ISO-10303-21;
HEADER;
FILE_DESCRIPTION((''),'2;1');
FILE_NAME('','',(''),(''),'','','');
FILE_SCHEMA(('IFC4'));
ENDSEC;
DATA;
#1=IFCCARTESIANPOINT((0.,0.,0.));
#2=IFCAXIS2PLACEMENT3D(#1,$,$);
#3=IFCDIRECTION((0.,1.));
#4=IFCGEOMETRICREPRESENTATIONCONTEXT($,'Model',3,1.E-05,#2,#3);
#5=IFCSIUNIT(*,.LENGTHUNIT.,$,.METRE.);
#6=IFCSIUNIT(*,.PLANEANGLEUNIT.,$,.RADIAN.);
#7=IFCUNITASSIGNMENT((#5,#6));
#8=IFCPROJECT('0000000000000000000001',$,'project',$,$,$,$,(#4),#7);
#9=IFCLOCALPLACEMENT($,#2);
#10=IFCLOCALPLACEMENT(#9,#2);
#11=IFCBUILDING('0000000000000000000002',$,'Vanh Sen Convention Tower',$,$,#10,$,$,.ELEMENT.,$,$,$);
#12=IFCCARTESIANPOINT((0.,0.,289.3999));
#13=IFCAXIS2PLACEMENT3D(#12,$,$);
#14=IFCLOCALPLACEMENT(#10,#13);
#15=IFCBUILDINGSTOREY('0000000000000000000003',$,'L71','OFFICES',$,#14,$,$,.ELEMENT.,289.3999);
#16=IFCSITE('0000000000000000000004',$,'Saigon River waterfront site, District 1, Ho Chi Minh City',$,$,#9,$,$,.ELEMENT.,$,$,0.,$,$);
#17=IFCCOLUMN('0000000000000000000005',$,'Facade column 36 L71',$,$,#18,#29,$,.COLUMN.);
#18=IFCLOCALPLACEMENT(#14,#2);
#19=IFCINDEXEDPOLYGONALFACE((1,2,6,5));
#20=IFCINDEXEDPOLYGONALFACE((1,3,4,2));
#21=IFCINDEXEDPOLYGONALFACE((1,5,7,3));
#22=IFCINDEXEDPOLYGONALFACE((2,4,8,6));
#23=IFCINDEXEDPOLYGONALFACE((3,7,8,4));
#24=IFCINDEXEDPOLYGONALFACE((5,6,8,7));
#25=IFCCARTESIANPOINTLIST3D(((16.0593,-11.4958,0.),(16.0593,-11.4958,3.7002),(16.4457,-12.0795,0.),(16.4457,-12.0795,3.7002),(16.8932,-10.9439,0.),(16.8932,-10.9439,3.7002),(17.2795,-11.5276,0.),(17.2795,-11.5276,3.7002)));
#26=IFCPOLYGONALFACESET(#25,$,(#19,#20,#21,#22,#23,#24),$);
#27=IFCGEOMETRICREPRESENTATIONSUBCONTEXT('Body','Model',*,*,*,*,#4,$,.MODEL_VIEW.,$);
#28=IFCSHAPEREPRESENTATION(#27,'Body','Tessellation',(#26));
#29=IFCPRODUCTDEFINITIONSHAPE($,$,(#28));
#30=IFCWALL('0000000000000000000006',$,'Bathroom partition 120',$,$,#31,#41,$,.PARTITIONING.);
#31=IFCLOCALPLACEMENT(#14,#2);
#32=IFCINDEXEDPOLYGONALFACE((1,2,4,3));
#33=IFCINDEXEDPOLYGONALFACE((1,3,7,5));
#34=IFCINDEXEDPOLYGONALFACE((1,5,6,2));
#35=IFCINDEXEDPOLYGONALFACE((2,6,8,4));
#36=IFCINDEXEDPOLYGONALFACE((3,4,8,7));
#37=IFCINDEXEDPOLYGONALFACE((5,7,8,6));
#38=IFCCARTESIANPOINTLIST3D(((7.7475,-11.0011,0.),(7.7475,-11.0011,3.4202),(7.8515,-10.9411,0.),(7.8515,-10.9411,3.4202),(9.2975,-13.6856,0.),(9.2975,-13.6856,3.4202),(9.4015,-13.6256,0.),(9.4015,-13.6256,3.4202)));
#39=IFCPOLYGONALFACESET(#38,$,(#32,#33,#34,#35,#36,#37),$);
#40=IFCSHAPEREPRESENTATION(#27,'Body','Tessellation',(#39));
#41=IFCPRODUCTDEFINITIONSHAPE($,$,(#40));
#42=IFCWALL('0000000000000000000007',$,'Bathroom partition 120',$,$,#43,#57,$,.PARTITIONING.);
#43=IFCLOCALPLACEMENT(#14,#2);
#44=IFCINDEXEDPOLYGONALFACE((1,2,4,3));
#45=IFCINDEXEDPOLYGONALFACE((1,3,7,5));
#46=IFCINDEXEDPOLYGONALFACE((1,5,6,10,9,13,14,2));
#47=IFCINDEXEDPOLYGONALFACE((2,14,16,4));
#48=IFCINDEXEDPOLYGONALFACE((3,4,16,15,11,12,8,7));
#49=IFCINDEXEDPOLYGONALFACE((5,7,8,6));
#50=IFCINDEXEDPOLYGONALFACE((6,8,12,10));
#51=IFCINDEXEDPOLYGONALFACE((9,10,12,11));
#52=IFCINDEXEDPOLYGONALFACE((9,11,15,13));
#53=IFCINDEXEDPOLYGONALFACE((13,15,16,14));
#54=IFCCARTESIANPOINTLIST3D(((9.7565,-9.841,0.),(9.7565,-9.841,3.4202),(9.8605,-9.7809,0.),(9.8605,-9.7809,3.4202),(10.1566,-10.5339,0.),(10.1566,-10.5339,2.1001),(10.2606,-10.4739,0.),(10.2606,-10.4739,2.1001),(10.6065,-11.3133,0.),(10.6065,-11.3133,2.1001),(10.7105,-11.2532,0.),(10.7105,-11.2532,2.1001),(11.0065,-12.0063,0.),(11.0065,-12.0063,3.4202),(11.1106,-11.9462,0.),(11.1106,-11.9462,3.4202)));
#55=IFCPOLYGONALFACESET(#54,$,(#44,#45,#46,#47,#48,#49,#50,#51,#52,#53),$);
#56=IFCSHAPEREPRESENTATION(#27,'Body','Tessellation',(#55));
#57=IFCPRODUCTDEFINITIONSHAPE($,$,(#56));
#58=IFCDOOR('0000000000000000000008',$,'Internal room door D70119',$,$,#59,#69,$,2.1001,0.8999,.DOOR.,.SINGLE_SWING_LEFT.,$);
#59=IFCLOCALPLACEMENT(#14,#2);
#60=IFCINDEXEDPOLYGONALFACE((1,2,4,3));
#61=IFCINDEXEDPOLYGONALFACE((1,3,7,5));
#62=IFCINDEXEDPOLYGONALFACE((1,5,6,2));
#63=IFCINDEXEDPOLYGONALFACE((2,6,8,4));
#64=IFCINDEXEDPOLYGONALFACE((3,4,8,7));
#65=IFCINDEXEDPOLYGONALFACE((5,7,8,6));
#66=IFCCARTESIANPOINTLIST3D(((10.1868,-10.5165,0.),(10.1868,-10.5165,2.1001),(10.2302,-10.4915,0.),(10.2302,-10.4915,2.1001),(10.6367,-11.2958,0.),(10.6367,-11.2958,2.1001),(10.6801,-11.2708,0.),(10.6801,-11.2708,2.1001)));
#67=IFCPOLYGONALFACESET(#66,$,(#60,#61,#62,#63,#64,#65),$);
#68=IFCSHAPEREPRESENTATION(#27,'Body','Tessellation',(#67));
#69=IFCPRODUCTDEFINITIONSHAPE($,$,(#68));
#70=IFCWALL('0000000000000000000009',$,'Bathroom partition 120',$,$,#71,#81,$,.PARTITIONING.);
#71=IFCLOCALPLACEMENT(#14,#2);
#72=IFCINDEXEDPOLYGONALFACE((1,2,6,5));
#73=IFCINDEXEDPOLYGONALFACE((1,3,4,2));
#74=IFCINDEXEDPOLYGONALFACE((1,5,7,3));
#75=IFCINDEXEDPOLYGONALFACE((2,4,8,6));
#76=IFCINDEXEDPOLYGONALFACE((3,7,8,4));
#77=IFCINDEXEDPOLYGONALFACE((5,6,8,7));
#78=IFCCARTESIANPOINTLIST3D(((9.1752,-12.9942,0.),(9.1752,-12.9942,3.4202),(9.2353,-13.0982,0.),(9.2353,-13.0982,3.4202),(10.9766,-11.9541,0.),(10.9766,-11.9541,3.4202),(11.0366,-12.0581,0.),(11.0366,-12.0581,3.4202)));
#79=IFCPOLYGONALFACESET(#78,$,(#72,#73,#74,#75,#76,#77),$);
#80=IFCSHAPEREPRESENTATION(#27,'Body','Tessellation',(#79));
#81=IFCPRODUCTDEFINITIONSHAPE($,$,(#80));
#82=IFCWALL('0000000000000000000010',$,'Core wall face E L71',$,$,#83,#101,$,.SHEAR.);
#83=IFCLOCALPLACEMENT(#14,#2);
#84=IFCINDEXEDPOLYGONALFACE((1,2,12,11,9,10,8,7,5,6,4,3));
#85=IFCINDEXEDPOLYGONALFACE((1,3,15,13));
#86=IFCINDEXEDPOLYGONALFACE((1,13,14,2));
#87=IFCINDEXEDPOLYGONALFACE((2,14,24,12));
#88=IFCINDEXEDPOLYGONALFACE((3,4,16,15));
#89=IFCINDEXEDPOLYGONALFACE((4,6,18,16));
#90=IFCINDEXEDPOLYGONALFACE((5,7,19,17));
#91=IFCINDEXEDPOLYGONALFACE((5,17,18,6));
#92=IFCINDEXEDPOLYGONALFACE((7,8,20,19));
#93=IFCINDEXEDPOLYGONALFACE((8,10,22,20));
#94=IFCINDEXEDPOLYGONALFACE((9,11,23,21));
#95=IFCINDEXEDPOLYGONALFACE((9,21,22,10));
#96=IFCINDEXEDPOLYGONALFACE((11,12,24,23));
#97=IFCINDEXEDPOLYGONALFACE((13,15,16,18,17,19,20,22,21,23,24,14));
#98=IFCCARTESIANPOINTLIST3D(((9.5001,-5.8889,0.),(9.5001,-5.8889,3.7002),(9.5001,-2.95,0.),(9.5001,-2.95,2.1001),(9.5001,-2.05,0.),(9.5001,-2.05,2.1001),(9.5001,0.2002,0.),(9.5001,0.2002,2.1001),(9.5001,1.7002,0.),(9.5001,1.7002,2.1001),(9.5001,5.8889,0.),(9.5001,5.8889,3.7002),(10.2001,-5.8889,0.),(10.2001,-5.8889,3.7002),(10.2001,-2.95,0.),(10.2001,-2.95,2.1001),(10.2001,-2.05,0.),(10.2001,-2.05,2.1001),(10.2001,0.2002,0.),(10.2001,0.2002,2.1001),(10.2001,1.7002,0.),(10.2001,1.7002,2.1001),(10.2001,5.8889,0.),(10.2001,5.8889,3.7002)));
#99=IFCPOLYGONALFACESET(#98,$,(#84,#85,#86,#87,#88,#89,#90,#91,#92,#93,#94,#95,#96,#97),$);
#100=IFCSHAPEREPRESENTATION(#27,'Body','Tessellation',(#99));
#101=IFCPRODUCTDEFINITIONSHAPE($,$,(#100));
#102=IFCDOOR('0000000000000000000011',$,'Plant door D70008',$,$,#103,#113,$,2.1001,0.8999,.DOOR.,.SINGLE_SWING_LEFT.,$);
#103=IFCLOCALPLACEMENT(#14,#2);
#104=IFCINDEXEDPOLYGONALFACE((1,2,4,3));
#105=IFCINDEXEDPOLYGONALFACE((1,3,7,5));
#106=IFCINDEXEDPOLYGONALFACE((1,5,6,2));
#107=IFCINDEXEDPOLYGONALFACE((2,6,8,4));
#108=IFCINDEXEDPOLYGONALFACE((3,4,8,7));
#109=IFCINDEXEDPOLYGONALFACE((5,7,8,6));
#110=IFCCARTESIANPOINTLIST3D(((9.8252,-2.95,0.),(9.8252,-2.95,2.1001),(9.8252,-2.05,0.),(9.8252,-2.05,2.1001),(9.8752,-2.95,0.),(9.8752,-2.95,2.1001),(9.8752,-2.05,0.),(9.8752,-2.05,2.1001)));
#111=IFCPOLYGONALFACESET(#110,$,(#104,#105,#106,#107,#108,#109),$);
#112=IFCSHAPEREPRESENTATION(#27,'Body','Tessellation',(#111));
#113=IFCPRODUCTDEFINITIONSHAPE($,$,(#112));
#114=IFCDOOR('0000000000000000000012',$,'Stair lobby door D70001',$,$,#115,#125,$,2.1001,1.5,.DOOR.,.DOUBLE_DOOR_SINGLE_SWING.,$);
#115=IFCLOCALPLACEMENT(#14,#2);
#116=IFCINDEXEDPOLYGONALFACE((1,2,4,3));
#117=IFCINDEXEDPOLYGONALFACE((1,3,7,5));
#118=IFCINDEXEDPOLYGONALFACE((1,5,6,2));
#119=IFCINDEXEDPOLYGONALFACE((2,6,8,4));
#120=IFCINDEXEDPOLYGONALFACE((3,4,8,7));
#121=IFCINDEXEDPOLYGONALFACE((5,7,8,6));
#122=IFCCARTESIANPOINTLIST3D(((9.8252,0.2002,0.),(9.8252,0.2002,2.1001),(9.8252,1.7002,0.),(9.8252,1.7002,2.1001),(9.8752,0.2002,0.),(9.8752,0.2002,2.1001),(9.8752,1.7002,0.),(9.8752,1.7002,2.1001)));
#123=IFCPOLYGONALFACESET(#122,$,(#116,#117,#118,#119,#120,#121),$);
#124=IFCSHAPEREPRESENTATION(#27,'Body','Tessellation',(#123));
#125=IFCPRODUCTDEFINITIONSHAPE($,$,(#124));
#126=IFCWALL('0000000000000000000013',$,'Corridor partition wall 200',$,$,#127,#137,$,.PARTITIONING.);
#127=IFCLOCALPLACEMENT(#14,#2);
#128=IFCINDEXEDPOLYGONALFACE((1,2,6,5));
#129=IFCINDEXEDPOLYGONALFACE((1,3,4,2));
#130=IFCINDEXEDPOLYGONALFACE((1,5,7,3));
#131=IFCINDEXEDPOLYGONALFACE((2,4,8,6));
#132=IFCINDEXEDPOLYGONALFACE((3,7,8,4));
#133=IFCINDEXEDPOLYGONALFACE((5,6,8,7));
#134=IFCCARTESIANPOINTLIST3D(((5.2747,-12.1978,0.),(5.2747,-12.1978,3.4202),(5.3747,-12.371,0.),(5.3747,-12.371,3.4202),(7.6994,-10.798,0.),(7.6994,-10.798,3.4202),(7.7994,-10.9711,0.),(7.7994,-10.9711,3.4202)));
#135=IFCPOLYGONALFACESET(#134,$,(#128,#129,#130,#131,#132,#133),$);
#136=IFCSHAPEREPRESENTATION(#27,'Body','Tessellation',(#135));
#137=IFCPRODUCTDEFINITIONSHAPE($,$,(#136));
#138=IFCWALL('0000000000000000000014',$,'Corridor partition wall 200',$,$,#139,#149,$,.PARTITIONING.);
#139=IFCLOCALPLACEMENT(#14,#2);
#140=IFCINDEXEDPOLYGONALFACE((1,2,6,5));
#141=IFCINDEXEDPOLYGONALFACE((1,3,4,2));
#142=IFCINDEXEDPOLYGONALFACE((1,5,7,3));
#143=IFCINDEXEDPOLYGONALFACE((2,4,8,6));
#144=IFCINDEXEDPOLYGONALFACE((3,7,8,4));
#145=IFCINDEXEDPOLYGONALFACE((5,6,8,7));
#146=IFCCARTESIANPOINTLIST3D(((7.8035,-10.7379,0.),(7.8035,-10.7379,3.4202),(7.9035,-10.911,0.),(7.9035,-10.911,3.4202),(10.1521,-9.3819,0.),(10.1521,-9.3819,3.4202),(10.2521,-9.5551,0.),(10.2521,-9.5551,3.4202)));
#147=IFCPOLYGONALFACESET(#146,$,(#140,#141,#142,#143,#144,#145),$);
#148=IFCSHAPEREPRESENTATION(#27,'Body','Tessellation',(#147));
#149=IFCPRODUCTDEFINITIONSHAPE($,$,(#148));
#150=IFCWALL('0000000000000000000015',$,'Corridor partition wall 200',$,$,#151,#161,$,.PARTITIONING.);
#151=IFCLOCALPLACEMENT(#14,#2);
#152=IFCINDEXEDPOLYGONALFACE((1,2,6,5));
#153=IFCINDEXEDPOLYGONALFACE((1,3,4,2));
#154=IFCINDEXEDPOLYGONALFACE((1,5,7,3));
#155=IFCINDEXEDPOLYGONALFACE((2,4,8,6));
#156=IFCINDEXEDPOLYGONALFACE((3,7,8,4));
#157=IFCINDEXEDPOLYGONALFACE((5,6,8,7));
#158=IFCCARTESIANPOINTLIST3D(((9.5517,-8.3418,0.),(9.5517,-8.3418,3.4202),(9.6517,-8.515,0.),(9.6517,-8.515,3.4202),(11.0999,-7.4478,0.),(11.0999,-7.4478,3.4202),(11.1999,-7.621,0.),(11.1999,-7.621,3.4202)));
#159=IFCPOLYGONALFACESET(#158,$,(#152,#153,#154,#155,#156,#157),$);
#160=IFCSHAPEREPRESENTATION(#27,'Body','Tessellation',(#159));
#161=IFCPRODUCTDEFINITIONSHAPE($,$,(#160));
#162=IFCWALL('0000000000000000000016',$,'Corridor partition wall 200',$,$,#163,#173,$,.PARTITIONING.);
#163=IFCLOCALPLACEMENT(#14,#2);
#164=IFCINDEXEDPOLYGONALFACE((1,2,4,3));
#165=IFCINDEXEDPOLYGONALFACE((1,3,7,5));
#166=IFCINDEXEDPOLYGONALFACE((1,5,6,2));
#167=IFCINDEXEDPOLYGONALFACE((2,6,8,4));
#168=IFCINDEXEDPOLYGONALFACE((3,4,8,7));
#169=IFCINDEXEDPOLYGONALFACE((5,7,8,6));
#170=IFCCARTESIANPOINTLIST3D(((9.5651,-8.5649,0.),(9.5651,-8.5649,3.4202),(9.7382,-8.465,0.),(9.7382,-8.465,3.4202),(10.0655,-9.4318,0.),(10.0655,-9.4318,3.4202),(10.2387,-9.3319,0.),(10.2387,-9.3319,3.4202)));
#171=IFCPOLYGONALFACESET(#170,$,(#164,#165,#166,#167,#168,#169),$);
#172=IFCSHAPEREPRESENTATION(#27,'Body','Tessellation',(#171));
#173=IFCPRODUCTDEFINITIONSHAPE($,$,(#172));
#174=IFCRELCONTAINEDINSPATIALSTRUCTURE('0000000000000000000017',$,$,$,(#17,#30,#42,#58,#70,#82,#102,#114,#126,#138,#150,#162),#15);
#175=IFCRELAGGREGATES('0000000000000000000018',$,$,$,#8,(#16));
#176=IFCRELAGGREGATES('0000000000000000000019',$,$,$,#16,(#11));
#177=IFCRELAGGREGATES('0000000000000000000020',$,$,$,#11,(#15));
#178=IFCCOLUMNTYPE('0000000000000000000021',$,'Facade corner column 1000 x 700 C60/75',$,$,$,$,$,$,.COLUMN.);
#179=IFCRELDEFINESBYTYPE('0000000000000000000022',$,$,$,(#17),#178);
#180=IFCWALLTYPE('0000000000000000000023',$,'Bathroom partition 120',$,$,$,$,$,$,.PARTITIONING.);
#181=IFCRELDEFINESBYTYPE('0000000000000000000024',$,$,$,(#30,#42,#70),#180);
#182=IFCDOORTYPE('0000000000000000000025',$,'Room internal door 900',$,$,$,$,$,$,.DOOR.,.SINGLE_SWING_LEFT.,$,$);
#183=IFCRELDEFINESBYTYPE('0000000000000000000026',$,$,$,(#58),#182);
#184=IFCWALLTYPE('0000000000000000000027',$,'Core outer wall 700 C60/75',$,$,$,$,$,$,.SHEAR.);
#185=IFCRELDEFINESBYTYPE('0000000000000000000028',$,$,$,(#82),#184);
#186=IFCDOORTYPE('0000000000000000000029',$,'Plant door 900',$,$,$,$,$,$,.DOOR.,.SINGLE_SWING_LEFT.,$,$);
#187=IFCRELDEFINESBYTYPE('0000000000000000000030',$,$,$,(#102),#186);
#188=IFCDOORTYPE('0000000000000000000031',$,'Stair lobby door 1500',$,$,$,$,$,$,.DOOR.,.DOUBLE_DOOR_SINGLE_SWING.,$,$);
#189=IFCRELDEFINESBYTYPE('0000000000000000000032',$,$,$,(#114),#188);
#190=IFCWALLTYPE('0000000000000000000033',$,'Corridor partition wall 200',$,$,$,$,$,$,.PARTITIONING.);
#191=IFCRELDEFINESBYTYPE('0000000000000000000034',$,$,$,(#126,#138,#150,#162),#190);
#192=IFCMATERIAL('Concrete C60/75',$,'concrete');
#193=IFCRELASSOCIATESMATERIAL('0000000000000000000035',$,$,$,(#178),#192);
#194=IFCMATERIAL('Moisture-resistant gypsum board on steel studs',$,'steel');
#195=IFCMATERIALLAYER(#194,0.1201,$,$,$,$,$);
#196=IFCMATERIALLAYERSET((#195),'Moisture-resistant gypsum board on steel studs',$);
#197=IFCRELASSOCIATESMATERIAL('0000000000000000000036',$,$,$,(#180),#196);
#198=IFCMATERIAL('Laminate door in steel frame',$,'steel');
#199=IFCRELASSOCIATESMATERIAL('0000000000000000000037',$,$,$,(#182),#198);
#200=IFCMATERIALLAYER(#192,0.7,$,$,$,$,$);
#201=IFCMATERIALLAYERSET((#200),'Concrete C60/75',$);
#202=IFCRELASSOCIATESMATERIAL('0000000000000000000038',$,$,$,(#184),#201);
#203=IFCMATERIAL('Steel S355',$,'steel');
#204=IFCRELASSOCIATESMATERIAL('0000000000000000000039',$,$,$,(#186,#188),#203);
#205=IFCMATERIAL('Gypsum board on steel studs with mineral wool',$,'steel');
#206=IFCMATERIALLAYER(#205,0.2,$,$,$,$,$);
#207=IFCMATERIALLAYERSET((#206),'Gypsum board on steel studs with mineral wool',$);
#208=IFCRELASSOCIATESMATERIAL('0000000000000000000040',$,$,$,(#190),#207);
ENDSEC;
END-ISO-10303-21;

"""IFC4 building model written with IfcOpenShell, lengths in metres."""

from ifc_helpers import new_model, si_unit, direction, frame, frame_2d, origin, origin_2d, place, context, subcontext, project, spatial, rectangle, extrude, material, layer, layer_set, material_profile, profile_set, type_object, element, fill, save


model = new_model("IFC4")

# Units and contexts
model_context = context("Model", 3, precision=1e-05, world=origin(), true_north=direction((0.0, 1.0)))
body_context = subcontext(model_context, "Body", "Model", "MODEL_VIEW")
ifc_project = project(units=[si_unit("LENGTHUNIT", "METRE"), si_unit("PLANEANGLEUNIT", "RADIAN")], contexts=[model_context])

# Site, building, storey
site_placement = place(None, origin())
site = spatial("IfcSite", under=ifc_project, at=site_placement, Name="Saigon River waterfront site, District 1, Ho Chi Minh City", CompositionType="ELEMENT", RefElevation=0.0)
building_placement = place(site_placement, origin())
building = spatial("IfcBuilding", under=site, at=building_placement, Name="Vanh Sen Convention Tower", CompositionType="ELEMENT")
storey_placement = place(building_placement, frame((0.0, 0.0, 289.3999)))
storey = spatial("IfcBuildingStorey", under=building, at=storey_placement, Name="L71", Description="OFFICES", CompositionType="ELEMENT", Elevation=289.3999)

# Column
ifc_material_1 = material(Name="Concrete C60/75", Category="concrete")
ifc_material_profile = material_profile(ifc_material_1, rectangle(XDim=1.0, YDim=0.7, at=origin_2d()), Name="RC 1000X700")
ifc_profile_set = profile_set([ifc_material_profile], Name="Concrete C60/75")
column_type = type_object("IfcColumnType", Name="Facade corner column 1000 x 700 C60/75", PredefinedType="COLUMN", material=ifc_profile_set)
column_placement = place(storey_placement, frame((16.6694, -11.5117, 0.0), z_axis=(0.0, 0.0, 1.0), x_axis=(0.833886, 0.551937, 0.0)))
element("IfcColumn", 1, at=column_placement, inside=storey, type_object=column_type, Name="Facade column 36 L71", PredefinedType="COLUMN", context=body_context, shape_type="SweptSolid", body=[
    extrude(rectangle(XDim=1.0, YDim=0.7, at=origin_2d()), origin(), (0.0, 0.0, 1.0), 3.7002),
])

# Wall
ifc_material_2 = material(Name="Moisture-resistant gypsum board on steel studs", Category="steel")
ifc_layer_1 = layer(ifc_material_2, 0.1201)
ifc_layer_set_1 = layer_set([ifc_layer_1], Name="Moisture-resistant gypsum board on steel studs")
wall_type_1 = type_object("IfcWallType", Name="Bathroom partition 120", PredefinedType="PARTITIONING", material=ifc_layer_set_1)
wall_1_placement = place(storey_placement, frame((7.7996, -10.9712, 0.0), z_axis=(0.0, 0.0, 1.0), x_axis=(0.500027, -0.86601, 0.0)))
element("IfcWall", 2, at=wall_1_placement, inside=storey, type_object=wall_type_1, Name="Bathroom partition 120", PredefinedType="PARTITIONING", context=body_context, shape_type="SweptSolid", body=[
    extrude(rectangle(XDim=3.0999, YDim=0.1201, at=frame_2d((1.5498, 0.0))), origin(), (0.0, 0.0, 1.0), 3.4202),
])

# Wall, opening, door
wall_2_placement = place(storey_placement, frame((9.8086, -9.811, 0.0), z_axis=(0.0, 0.0, 1.0), x_axis=(0.499962, -0.866047, 0.0)))
wall_2 = element("IfcWall", 3, at=wall_2_placement, inside=storey, type_object=wall_type_1, Name="Bathroom partition 120", PredefinedType="PARTITIONING", context=body_context, shape_type="SweptSolid", body=[
    extrude(rectangle(XDim=2.5002, YDim=0.1201, at=frame_2d((1.25, 0.0))), origin(), (0.0, 0.0, 1.0), 3.4202),
])
opening_1_placement = place(wall_2_placement, frame((0.8, 0.0, 0.0)))
opening_1 = element("IfcOpeningElement", 4, at=opening_1_placement, cuts=wall_2, PredefinedType="OPENING", context=body_context, shape_type="SweptSolid", body=[
    extrude(rectangle(XDim=0.8999, YDim=2.1001, at=frame_2d((0.45, 1.05))), frame((0.0, 0.0701, 0.0), z_axis=(0.0, -1.0, 0.0), x_axis=(1.0, 0.0, 0.0)), (0.0, 0.0, 1.0), 0.1401),
])
ifc_material_3 = material(Name="Laminate door in steel frame", Category="steel")
door_type_1 = type_object("IfcDoorType", Name="Room internal door 900", OperationType="SINGLE_SWING_LEFT", PredefinedType="DOOR", material=ifc_material_3)
door_1_placement = place(opening_1_placement, origin())
door_1 = element("IfcDoor", 5, at=door_1_placement, inside=storey, type_object=door_type_1, Name="Internal room door D70119", OperationType="SINGLE_SWING_LEFT", OverallHeight=2.1001, OverallWidth=0.8999, PredefinedType="DOOR", context=body_context, shape_type="SweptSolid", body=[
    extrude(rectangle(XDim=0.8999, YDim=2.1001, at=frame_2d((0.45, 1.05))), frame((0.0, 0.0249, 0.0), z_axis=(0.0, -1.0, 0.0), x_axis=(1.0, 0.0, 0.0)), (0.0, 0.0, 1.0), 0.05),
])
fill(opening_1, door_1)

# Wall
wall_3_placement = place(storey_placement, frame((11.0066, -12.0061, 0.0), z_axis=(0.0, 0.0, 1.0), x_axis=(-0.86601, -0.500027, 0.0)))
element("IfcWall", 6, at=wall_3_placement, inside=storey, type_object=wall_type_1, Name="Bathroom partition 120", PredefinedType="PARTITIONING", context=body_context, shape_type="SweptSolid", body=[
    extrude(rectangle(XDim=2.0801, YDim=0.1201, at=frame_2d((1.04, 0.0))), origin(), (0.0, 0.0, 1.0), 3.4202),
])

# Wall, openings, doors
ifc_layer_2 = layer(ifc_material_1, 0.7)
ifc_layer_set_2 = layer_set([ifc_layer_2], Name="Concrete C60/75")
wall_type_2 = type_object("IfcWallType", Name="Core outer wall 700 C60/75", PredefinedType="SHEAR", material=ifc_layer_set_2)
wall_4_placement = place(storey_placement, frame((9.8501, -5.8889, 0.0), z_axis=(0.0, 0.0, 1.0), x_axis=(0.0, 1.0, 0.0)))
wall_4 = element("IfcWall", 7, at=wall_4_placement, inside=storey, type_object=wall_type_2, Name="Core wall face E L71", PredefinedType="SHEAR", context=body_context, shape_type="SweptSolid", body=[
    extrude(rectangle(XDim=11.7778, YDim=0.7, at=frame_2d((5.8889, 0.0))), origin(), (0.0, 0.0, 1.0), 3.7002),
])
opening_2_placement = place(wall_4_placement, frame((6.0891, 0.0, 0.0)))
opening_2 = element("IfcOpeningElement", 8, at=opening_2_placement, cuts=wall_4, PredefinedType="OPENING", context=body_context, shape_type="SweptSolid", body=[
    extrude(rectangle(XDim=1.5, YDim=2.1001, at=frame_2d((0.75, 1.05))), frame((0.0, 0.3599, 0.0), z_axis=(0.0, -1.0, 0.0), x_axis=(1.0, 0.0, 0.0)), (0.0, 0.0, 1.0), 0.72),
])
opening_3_placement = place(wall_4_placement, frame((2.939, 0.0, 0.0)))
opening_3 = element("IfcOpeningElement", 9, at=opening_3_placement, cuts=wall_4, PredefinedType="OPENING", context=body_context, shape_type="SweptSolid", body=[
    extrude(rectangle(XDim=0.8999, YDim=2.1001, at=frame_2d((0.45, 1.05))), frame((0.0, 0.3599, 0.0), z_axis=(0.0, -1.0, 0.0), x_axis=(1.0, 0.0, 0.0)), (0.0, 0.0, 1.0), 0.72),
])
ifc_material_4 = material(Name="Steel S355", Category="steel")
door_type_2 = type_object("IfcDoorType", Name="Plant door 900", OperationType="SINGLE_SWING_LEFT", PredefinedType="DOOR", material=ifc_material_4)
door_2_placement = place(opening_3_placement, origin())
door_2 = element("IfcDoor", 10, at=door_2_placement, inside=storey, type_object=door_type_2, Name="Plant door D70008", OperationType="SINGLE_SWING_LEFT", OverallHeight=2.1001, OverallWidth=0.8999, PredefinedType="DOOR", context=body_context, shape_type="SweptSolid", body=[
    extrude(rectangle(XDim=0.8999, YDim=2.1001, at=frame_2d((0.45, 1.05))), frame((0.0, 0.0249, 0.0), z_axis=(0.0, -1.0, 0.0), x_axis=(1.0, 0.0, 0.0)), (0.0, 0.0, 1.0), 0.05),
])
fill(opening_3, door_2)
door_type_3 = type_object("IfcDoorType", Name="Stair lobby door 1500", OperationType="DOUBLE_DOOR_SINGLE_SWING", PredefinedType="DOOR", material=ifc_material_4)
door_3_placement = place(opening_2_placement, origin())
door_3 = element("IfcDoor", 11, at=door_3_placement, inside=storey, type_object=door_type_3, Name="Stair lobby door D70001", OperationType="DOUBLE_DOOR_SINGLE_SWING", OverallHeight=2.1001, OverallWidth=1.5, PredefinedType="DOOR", context=body_context, shape_type="SweptSolid", body=[
    extrude(rectangle(XDim=1.5, YDim=2.1001, at=frame_2d((0.75, 1.05))), frame((0.0, 0.0249, 0.0), z_axis=(0.0, -1.0, 0.0), x_axis=(1.0, 0.0, 0.0)), (0.0, 0.0, 1.0), 0.05),
])
fill(opening_2, door_3)

# Walls
ifc_material_5 = material(Name="Gypsum board on steel studs with mineral wool", Category="steel")
ifc_layer_3 = layer(ifc_material_5, 0.2)
ifc_layer_set_3 = layer_set([ifc_layer_3], Name="Gypsum board on steel studs with mineral wool")
wall_type_3 = type_object("IfcWallType", Name="Corridor partition wall 200", PredefinedType="PARTITIONING", material=ifc_layer_set_3)
wall_5_placement = place(storey_placement, frame((5.3247, -12.2844, 0.0), z_axis=(0.0, 0.0, 1.0), x_axis=(0.866035, 0.499984, 0.0)))
element("IfcWall", 12, at=wall_5_placement, inside=storey, type_object=wall_type_3, Name="Corridor partition wall 200", PredefinedType="PARTITIONING", context=body_context, shape_type="SweptSolid", body=[
    extrude(rectangle(XDim=2.7998, YDim=0.2, at=frame_2d((1.3999, 0.0))), origin(), (0.0, 0.0, 1.0), 3.4202),
])
wall_6_placement = place(storey_placement, frame((7.8535, -10.8245, 0.0), z_axis=(0.0, 0.0, 1.0), x_axis=(0.86603, 0.499993, 0.0)))
element("IfcWall", 13, at=wall_6_placement, inside=storey, type_object=wall_type_3, Name="Corridor partition wall 200", PredefinedType="PARTITIONING", context=body_context, shape_type="SweptSolid", body=[
    extrude(rectangle(XDim=2.7119, YDim=0.2, at=frame_2d((1.356, 0.0))), origin(), (0.0, 0.0, 1.0), 3.4202),
])
wall_7_placement = place(storey_placement, frame((9.6016, -8.4285, 0.0), z_axis=(0.0, 0.0, 1.0), x_axis=(0.865999, 0.500046, 0.0)))
element("IfcWall", 14, at=wall_7_placement, inside=storey, type_object=wall_type_3, Name="Corridor partition wall 200", PredefinedType="PARTITIONING", context=body_context, shape_type="SweptSolid", body=[
    extrude(rectangle(XDim=1.7878, YDim=0.2, at=frame_2d((0.894, 0.0))), origin(), (0.0, 0.0, 1.0), 3.4202),
])
wall_8_placement = place(storey_placement, frame((10.1521, -9.3818, 0.0), z_axis=(0.0, 0.0, 1.0), x_axis=(-0.499969, 0.866043, 0.0)))
element("IfcWall", 15, at=wall_8_placement, inside=storey, type_object=wall_type_3, Name="Corridor partition wall 200", PredefinedType="PARTITIONING", context=body_context, shape_type="SweptSolid", body=[
    extrude(rectangle(XDim=1.001, YDim=0.2, at=frame_2d((0.5005, 0.0))), origin(), (0.0, 0.0, 1.0), 3.4202),
])

save(model, "model.ifc")
